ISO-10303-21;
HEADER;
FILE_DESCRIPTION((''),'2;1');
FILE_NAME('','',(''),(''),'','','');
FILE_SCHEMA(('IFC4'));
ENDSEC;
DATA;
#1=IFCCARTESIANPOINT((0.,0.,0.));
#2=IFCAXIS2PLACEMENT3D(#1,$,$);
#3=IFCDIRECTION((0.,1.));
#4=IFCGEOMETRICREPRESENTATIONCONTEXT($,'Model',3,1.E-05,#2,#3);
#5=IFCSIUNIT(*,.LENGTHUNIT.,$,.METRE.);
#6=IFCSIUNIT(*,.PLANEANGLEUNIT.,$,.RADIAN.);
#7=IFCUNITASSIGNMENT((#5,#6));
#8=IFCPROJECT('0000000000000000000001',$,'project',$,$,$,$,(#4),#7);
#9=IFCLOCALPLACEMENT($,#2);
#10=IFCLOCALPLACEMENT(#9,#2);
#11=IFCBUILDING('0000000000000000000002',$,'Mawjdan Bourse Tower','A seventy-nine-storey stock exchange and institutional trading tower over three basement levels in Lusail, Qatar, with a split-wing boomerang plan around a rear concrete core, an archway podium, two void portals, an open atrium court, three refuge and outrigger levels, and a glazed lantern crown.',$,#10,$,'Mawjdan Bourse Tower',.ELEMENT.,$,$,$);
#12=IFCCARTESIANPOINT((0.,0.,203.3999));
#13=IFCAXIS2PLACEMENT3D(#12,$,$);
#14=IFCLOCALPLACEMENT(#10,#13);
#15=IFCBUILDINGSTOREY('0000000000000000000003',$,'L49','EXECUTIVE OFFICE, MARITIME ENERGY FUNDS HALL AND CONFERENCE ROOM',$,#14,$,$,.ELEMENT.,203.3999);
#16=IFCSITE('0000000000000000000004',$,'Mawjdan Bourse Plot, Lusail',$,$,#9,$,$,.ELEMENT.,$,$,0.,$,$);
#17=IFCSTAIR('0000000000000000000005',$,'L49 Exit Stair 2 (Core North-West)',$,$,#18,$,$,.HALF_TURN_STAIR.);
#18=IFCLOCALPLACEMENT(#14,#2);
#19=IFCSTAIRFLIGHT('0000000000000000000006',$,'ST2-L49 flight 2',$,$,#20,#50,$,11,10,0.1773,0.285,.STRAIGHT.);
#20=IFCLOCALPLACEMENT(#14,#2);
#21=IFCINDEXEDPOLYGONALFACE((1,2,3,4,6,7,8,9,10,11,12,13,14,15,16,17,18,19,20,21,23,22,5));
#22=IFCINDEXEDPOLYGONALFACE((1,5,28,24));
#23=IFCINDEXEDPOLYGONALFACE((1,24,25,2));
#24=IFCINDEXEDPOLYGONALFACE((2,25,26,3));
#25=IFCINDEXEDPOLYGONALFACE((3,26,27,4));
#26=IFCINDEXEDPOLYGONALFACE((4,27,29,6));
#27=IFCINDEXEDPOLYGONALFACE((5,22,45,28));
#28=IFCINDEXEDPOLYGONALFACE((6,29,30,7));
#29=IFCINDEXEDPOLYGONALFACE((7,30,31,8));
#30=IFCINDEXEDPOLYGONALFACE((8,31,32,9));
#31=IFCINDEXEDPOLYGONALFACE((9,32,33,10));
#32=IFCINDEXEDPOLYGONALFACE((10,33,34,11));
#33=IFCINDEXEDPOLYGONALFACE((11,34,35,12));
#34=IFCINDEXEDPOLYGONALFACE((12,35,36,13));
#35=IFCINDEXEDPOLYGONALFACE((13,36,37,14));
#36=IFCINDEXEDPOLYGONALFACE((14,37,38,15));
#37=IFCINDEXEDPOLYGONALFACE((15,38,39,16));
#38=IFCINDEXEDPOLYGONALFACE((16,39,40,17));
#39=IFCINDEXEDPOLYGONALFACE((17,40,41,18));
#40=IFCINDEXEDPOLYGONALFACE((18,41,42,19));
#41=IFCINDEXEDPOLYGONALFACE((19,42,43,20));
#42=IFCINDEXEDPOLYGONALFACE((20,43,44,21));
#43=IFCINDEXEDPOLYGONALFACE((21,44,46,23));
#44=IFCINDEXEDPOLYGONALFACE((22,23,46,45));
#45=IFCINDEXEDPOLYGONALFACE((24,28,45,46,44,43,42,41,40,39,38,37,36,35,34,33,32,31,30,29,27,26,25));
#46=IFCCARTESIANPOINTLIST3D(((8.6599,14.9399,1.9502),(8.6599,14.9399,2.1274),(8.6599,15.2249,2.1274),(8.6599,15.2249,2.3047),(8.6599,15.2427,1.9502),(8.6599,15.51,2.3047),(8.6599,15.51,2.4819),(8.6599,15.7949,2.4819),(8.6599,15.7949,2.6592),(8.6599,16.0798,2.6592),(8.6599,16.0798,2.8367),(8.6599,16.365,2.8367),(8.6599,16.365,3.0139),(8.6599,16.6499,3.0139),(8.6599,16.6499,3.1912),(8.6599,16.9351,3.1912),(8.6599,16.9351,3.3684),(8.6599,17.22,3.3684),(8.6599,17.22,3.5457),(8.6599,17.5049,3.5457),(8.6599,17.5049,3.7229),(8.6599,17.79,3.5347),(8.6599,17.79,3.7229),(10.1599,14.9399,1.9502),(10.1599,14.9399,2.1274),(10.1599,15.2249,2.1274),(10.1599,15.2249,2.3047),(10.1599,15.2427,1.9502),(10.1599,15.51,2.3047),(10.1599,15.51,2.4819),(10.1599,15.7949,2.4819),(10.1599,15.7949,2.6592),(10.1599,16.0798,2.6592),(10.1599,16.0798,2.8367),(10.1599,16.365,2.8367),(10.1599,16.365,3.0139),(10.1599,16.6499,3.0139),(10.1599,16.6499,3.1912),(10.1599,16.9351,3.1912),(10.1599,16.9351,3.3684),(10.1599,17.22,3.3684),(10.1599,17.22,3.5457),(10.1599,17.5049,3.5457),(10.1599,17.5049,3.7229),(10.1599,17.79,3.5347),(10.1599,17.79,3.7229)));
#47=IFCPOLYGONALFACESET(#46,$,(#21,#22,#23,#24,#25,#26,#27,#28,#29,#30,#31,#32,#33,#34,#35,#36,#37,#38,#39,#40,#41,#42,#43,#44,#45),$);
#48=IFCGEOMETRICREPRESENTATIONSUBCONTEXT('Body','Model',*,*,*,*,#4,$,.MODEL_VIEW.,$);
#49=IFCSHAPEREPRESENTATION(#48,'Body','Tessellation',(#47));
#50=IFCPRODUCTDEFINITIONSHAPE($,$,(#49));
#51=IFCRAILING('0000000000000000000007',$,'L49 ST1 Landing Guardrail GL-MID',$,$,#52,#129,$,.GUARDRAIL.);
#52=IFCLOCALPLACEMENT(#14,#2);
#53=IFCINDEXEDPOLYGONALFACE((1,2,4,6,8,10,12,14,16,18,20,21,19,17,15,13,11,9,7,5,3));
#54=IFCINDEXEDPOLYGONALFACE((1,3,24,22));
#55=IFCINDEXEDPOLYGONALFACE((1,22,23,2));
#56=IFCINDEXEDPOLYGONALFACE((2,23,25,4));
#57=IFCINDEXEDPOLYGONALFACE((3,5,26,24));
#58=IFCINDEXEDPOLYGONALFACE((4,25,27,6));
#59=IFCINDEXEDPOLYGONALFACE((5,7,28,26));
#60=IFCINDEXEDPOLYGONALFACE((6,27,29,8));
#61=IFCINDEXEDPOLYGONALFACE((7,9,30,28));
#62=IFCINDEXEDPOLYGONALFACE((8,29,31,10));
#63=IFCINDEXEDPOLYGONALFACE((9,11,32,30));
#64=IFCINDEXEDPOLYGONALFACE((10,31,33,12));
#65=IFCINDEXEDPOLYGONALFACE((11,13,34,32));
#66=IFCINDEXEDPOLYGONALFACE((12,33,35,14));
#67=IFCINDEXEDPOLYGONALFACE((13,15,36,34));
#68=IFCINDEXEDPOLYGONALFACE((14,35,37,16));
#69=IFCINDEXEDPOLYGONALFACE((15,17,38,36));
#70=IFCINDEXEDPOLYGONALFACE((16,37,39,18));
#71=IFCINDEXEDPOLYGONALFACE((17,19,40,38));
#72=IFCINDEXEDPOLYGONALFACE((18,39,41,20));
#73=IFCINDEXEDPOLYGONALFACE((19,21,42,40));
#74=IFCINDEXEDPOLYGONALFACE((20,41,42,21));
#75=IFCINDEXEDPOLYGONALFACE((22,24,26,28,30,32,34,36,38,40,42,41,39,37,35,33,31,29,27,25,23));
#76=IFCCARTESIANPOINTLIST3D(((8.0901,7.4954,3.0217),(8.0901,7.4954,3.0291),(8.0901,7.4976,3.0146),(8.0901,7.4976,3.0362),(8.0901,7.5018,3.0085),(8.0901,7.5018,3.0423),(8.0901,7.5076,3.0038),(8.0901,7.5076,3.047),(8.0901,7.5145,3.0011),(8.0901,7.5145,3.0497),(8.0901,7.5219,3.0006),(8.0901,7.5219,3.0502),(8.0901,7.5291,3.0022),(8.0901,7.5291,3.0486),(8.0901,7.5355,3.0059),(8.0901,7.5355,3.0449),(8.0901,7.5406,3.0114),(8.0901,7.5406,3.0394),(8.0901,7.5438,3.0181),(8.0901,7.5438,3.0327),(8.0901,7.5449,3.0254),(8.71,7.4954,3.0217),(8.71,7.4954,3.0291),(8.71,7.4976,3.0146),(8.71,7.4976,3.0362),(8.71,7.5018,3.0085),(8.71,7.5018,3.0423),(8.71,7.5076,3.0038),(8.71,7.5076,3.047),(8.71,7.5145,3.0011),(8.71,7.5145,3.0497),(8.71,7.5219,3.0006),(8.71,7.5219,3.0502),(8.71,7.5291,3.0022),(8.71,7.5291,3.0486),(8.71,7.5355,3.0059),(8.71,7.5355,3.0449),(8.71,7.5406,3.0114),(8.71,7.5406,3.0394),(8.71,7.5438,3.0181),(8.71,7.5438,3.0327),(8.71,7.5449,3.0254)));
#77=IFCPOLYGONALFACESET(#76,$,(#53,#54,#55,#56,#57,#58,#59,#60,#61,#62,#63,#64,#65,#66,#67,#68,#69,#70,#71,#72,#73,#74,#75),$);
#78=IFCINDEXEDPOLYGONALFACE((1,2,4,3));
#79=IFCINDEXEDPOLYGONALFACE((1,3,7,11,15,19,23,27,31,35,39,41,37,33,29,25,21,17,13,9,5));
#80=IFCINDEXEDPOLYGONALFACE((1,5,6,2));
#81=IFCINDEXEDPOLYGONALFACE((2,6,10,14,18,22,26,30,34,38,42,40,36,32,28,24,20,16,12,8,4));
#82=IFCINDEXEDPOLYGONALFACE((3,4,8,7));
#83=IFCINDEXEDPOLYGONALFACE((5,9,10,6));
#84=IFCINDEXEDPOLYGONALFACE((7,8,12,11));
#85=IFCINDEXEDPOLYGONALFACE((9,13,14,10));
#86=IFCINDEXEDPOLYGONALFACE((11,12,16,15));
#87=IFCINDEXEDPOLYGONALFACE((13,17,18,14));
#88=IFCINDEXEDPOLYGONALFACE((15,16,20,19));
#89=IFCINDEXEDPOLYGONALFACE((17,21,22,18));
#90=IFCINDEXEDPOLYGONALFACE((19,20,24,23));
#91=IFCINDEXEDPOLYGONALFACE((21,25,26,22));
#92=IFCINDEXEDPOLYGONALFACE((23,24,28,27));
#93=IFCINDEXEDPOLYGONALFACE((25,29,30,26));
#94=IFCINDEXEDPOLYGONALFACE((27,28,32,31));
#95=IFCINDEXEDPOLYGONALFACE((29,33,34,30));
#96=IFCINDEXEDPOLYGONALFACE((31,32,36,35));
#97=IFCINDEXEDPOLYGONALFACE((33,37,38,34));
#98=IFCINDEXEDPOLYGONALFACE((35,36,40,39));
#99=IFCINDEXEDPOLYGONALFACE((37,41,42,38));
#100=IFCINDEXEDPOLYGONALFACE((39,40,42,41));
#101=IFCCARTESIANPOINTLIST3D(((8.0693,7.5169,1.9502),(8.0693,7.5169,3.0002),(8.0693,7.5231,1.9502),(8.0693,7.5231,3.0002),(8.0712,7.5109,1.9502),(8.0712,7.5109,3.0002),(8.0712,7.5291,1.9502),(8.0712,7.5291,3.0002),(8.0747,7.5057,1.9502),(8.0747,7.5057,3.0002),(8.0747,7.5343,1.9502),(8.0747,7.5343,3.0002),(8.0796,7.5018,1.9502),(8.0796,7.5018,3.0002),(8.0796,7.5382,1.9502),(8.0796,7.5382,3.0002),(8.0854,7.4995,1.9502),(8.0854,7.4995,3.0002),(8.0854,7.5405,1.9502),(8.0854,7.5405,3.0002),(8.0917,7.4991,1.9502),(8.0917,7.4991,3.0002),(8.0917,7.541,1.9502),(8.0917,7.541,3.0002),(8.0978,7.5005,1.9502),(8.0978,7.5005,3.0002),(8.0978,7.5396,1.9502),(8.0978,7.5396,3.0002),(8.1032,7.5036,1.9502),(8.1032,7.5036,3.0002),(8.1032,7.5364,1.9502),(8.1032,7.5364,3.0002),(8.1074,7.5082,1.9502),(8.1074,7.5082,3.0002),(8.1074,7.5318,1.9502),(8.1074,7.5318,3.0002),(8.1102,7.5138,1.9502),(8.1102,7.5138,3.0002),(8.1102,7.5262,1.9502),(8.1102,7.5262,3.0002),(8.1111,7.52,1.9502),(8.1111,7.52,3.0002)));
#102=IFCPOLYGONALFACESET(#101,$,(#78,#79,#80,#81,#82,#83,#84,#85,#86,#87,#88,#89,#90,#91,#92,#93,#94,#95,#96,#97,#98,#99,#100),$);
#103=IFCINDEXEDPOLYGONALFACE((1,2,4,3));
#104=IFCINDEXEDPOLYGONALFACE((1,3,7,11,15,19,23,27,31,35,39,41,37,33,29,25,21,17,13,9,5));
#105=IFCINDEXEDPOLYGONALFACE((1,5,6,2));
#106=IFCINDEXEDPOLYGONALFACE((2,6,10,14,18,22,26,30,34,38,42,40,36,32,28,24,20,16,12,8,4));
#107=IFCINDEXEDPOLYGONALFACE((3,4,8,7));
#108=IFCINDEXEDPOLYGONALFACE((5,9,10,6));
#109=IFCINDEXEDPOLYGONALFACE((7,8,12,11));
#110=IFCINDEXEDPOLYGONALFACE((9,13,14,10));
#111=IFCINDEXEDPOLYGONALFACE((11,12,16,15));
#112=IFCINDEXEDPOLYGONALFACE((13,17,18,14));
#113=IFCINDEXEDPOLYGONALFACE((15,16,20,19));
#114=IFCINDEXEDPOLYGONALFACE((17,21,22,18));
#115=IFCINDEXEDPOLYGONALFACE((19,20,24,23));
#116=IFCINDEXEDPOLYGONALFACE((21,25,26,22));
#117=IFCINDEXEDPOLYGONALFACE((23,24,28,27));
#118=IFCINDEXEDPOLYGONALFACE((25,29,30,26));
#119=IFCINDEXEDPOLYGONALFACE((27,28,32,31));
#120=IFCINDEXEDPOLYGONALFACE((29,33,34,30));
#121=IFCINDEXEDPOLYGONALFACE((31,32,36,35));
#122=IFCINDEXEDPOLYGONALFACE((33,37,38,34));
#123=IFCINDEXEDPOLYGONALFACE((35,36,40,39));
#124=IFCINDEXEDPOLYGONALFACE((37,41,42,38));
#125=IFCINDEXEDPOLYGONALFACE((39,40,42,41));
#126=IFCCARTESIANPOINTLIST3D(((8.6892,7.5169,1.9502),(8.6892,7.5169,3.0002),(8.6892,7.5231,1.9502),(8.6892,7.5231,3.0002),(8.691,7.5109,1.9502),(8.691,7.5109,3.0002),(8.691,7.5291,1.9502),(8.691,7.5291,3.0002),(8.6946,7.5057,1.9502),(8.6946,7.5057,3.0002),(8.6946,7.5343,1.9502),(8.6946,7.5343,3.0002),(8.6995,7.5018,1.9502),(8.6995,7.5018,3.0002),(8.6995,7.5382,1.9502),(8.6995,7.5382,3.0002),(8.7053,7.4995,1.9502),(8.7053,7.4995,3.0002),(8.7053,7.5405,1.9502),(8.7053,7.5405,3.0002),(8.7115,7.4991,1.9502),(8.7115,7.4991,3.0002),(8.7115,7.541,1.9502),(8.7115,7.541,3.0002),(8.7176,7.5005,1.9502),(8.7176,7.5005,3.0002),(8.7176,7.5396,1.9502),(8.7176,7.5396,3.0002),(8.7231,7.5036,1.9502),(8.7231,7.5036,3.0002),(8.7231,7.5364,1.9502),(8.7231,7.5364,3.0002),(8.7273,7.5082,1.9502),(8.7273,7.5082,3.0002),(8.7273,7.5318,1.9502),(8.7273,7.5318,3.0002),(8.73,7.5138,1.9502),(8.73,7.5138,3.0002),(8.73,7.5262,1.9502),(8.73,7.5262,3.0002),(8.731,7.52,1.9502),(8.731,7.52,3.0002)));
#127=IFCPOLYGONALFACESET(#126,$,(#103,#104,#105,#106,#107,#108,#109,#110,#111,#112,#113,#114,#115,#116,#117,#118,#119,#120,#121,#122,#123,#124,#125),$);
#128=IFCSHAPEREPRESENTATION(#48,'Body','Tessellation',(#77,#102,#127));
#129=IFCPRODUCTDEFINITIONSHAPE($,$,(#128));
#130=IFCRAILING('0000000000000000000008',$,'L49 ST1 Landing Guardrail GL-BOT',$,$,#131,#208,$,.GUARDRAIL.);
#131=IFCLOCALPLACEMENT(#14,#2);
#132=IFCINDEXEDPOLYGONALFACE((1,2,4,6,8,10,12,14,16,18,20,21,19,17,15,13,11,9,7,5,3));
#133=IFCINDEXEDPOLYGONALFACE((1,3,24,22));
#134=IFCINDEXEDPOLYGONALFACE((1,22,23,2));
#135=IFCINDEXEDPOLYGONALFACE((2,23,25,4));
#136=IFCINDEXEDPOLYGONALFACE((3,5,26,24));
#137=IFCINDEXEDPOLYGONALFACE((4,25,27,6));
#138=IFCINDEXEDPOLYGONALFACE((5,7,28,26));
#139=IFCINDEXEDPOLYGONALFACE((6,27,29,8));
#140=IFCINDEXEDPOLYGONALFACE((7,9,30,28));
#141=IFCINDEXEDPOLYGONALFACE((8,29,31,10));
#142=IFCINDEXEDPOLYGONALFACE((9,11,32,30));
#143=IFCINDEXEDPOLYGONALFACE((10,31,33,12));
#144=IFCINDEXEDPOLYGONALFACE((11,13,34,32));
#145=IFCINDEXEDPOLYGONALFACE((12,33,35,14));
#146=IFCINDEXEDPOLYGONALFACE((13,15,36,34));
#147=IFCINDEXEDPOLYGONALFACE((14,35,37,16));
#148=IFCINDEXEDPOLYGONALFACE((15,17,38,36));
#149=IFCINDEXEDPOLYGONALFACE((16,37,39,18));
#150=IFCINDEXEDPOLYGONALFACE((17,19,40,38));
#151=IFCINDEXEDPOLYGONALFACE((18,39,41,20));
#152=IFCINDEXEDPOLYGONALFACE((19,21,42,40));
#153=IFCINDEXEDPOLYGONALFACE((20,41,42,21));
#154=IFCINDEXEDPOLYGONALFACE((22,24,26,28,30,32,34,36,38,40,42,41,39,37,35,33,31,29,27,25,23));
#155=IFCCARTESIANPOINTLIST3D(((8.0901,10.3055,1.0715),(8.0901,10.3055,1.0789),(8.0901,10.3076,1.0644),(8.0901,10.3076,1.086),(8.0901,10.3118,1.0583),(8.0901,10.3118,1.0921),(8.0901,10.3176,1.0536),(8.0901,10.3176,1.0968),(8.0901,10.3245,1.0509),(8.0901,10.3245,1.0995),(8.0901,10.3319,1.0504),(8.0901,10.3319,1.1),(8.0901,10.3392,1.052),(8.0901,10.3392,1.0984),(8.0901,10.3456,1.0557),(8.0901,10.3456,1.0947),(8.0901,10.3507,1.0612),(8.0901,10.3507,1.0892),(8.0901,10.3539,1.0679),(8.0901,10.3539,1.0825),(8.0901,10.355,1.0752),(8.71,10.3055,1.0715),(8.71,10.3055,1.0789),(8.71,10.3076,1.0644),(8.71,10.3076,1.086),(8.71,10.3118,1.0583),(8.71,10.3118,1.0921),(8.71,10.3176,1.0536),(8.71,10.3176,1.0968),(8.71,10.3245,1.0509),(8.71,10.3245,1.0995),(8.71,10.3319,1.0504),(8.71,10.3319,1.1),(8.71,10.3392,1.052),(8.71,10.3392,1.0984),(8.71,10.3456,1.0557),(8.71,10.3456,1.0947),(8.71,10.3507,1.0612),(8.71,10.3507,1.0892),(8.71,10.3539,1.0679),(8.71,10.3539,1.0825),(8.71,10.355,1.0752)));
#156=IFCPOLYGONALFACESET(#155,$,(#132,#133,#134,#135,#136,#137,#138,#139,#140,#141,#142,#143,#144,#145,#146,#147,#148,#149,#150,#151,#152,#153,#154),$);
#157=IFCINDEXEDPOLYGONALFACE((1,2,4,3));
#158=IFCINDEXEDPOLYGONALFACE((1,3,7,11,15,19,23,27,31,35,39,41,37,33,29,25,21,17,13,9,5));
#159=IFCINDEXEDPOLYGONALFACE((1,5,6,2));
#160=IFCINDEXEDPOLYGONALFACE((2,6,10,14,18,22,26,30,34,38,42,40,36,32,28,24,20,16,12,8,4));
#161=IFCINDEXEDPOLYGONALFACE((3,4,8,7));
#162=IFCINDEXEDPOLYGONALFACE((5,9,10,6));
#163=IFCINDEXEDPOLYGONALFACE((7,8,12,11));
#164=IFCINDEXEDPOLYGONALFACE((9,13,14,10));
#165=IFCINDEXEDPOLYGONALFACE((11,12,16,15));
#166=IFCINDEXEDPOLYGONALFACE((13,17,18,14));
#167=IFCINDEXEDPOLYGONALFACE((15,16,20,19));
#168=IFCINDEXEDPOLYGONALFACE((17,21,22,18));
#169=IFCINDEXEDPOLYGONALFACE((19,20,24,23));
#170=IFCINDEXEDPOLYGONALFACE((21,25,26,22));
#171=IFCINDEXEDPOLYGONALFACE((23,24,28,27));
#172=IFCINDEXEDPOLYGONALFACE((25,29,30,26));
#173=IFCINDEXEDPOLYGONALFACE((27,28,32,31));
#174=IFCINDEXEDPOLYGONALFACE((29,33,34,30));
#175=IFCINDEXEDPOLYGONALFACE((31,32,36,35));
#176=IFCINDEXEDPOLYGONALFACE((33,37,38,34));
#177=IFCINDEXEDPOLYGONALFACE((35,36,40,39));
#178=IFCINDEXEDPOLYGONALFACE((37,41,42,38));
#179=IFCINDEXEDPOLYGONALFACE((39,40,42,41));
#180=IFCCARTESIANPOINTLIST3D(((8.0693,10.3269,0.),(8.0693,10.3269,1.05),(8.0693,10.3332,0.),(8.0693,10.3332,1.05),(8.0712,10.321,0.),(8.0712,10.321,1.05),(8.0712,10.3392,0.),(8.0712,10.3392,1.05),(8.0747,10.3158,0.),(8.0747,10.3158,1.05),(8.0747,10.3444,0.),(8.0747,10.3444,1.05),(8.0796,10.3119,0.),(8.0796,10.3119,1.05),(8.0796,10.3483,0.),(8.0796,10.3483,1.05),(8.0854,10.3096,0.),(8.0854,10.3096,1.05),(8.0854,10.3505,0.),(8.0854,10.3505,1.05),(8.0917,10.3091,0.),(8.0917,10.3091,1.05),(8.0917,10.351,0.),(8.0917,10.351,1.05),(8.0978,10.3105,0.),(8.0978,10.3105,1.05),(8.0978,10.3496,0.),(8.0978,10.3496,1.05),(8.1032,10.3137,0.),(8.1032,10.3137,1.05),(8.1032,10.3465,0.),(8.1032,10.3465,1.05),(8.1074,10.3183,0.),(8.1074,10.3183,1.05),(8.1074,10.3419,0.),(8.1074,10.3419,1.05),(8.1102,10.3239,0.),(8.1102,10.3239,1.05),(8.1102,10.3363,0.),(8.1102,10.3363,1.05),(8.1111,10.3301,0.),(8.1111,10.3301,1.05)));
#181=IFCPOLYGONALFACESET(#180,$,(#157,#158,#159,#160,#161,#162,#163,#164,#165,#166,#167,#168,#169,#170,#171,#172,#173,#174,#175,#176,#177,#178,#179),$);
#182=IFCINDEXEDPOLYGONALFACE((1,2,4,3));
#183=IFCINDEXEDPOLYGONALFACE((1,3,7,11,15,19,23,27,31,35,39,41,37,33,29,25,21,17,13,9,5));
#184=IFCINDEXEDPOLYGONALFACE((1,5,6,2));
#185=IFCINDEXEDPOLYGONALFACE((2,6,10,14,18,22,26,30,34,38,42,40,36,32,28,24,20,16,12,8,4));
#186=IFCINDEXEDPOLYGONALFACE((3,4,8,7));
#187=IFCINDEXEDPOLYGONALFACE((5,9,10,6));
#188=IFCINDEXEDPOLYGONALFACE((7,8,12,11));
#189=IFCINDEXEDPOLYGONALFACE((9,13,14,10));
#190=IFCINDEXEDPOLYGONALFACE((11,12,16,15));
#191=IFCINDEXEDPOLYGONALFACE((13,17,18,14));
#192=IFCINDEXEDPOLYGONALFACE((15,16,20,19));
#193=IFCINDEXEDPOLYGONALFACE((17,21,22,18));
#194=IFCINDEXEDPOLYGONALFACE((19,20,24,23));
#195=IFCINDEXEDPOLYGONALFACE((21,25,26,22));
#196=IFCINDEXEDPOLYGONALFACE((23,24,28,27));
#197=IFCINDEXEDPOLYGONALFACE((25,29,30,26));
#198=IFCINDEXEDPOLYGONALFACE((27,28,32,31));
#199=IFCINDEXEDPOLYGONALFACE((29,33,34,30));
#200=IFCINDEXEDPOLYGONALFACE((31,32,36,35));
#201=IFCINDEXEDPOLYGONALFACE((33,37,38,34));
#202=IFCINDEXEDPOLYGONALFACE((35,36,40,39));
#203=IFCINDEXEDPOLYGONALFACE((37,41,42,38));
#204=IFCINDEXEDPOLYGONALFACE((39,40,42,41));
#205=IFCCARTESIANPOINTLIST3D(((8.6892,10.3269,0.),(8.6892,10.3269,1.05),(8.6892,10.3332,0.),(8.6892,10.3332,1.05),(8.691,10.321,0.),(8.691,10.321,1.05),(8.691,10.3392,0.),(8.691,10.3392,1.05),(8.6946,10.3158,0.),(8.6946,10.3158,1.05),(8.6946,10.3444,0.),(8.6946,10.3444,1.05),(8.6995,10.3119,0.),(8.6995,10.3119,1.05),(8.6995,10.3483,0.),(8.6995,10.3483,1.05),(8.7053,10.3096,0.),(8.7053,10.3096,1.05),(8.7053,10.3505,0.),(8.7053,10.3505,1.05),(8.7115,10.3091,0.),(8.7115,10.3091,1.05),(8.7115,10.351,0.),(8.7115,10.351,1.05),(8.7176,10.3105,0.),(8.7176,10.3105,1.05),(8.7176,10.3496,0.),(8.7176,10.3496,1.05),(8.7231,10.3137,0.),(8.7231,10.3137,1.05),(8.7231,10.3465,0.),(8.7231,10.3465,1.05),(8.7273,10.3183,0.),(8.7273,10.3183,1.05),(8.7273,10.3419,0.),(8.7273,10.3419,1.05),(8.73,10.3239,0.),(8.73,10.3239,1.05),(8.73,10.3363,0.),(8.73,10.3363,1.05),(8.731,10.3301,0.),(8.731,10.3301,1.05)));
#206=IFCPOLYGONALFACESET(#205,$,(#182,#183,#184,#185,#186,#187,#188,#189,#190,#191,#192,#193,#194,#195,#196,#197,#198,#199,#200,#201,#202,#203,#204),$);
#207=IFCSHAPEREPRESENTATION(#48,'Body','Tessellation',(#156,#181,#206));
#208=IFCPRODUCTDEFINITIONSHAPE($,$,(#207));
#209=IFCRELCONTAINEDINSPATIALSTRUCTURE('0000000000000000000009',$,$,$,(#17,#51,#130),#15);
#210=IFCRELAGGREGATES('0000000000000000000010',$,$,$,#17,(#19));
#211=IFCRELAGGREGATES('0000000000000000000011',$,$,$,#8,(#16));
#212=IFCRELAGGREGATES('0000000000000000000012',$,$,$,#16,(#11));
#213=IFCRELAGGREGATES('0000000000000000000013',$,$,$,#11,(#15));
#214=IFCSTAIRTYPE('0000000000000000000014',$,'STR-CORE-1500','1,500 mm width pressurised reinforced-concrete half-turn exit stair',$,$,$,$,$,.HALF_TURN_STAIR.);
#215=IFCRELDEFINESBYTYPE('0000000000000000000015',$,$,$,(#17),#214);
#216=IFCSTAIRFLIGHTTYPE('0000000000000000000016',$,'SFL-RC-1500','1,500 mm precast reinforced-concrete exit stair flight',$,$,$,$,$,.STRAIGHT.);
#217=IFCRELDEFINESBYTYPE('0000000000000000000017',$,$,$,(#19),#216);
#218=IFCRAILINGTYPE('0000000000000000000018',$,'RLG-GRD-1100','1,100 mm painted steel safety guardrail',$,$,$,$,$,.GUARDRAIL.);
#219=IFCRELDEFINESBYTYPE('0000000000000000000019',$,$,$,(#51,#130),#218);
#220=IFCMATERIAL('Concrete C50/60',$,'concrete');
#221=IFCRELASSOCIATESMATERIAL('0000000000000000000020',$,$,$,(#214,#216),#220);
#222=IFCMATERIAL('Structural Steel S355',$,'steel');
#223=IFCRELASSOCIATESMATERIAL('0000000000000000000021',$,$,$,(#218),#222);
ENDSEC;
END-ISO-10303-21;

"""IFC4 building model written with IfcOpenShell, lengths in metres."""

from ifc_helpers import new_model, si_unit, direction, frame, origin, origin_2d, place, context, subcontext, project, spatial, polyline, circle, outline, extrude, material, type_object, element, aggregate, save


model = new_model("IFC4")

# Units and contexts
model_context = context("Model", 3, precision=1e-05, world=origin(), true_north=direction((0.0, 1.0)))
body_context = subcontext(model_context, "Body", "Model", "MODEL_VIEW")
ifc_project = project(units=[si_unit("LENGTHUNIT", "METRE"), si_unit("PLANEANGLEUNIT", "RADIAN")], contexts=[model_context])

# Site, building, storey
site_placement = place(None, origin())
site = spatial("IfcSite", under=ifc_project, at=site_placement, Name="Mawjdan Bourse Plot, Lusail", CompositionType="ELEMENT", RefElevation=0.0)
building_placement = place(site_placement, origin())
building = spatial("IfcBuilding", under=site, at=building_placement, Name="Mawjdan Bourse Tower", Description="A seventy-nine-storey stock exchange and institutional trading tower over three basement levels in Lusail, Qatar, with a split-wing boomerang plan around a rear concrete core, an archway podium, two void portals, an open atrium court, three refuge and outrigger levels, and a glazed lantern crown.", LongName="Mawjdan Bourse Tower", CompositionType="ELEMENT")
storey_placement = place(building_placement, frame((0.0, 0.0, 203.3999)))
storey = spatial("IfcBuildingStorey", under=building, at=storey_placement, Name="L49", Description="EXECUTIVE OFFICE, MARITIME ENERGY FUNDS HALL AND CONFERENCE ROOM", CompositionType="ELEMENT", Elevation=203.3999)

# Shared definitions
ifc_material_1 = material(Name="Structural Steel S355", Category="steel")

# Stair
ifc_material_2 = material(Name="Concrete C50/60", Category="concrete")
stair_type = type_object("IfcStairType", Name="STR-CORE-1500", Description="1,500 mm width pressurised reinforced-concrete half-turn exit stair", PredefinedType="HALF_TURN_STAIR", material=ifc_material_2)
stair_1_placement = place(storey_placement, origin())
stair_1 = element("IfcStair", 1, at=stair_1_placement, inside=storey, type_object=stair_type, Name="L49 Exit Stair 2 (Core North-West)", PredefinedType="HALF_TURN_STAIR")

# Stair flight
stair_flight_type = type_object("IfcStairFlightType", Name="SFL-RC-1500", Description="1,500 mm precast reinforced-concrete exit stair flight", PredefinedType="STRAIGHT", material=ifc_material_2)
stair_flight_1_placement = place(storey_placement, frame((9.4099, 14.9399, 1.9502), z_axis=(0.0, 0.0, 1.0), x_axis=(0.0, 1.0, 0.0)))
stair_flight_1 = element("IfcStairFlight", 2, at=stair_flight_1_placement, type_object=stair_flight_type, Name="ST2-L49 flight 2", NumberOfRisers=11, NumberOfTreads=10, PredefinedType="STRAIGHT", RiserHeight=0.1773, TreadLength=0.285, context=body_context, shape_type="SweptSolid", body=[
    extrude(outline(polyline([(0.0, 0.0), (0.0, 0.1772), (0.2849, 0.1772), (0.2849, 0.3545), (0.5701, 0.3545), (0.5701, 0.5317), (0.855, 0.5317), (0.855, 0.709), (1.1399, 0.709), (1.1399, 0.8865), (1.425, 0.8865), (1.425, 1.0637), (1.71, 1.0637), (1.71, 1.241), (1.9951, 1.241), (1.9951, 1.4182), (2.28, 1.4182), (2.28, 1.5955), (2.5649, 1.5955), (2.5649, 1.7727), (2.8501, 1.7727), (2.8501, 1.95), (2.8501, 1.5845), (0.3027, 0.0), (0.0, 0.0)])), frame((0.0, 0.75, 0.0), z_axis=(0.0, -1.0, 0.0), x_axis=(1.0, 0.0, 0.0)), (0.0, 0.0, 1.0), 1.5),
])
aggregate(stair_1, [stair_flight_1])

# Railings
railing_type_1 = type_object("IfcRailingType", Name="RLG-GRD-1100", Description="1,100 mm painted steel safety guardrail", PredefinedType="GUARDRAIL", material=ifc_material_1)
for number, where, name in (
    (3, (8.0901, 7.52, 1.9502), "L49 ST1 Landing Guardrail GL-MID"),
    (4, (8.0901, 10.3301, 0.0), "L49 ST1 Landing Guardrail GL-BOT"),
):
    element("IfcRailing", number, at=place(storey_placement, frame(where)), inside=storey, type_object=railing_type_1, Name=name, PredefinedType="GUARDRAIL", context=body_context, shape_type="SweptSolid", body=[
        extrude(circle(Radius=0.0249, at=origin_2d()), frame((0.0, 0.0, 1.0752), z_axis=(1.0, 0.0, 0.0), x_axis=(0.0, 1.0, 0.0)), (0.0, 0.0, 1.0), 0.6199),
        extrude(circle(Radius=0.021, at=origin_2d()), origin(), (0.0, 0.0, 1.0), 1.05),
        extrude(circle(Radius=0.021, at=origin_2d()), frame((0.6199, 0.0, 0.0)), (0.0, 0.0, 1.0), 1.05),
    ])

save(model, "model.ifc")
